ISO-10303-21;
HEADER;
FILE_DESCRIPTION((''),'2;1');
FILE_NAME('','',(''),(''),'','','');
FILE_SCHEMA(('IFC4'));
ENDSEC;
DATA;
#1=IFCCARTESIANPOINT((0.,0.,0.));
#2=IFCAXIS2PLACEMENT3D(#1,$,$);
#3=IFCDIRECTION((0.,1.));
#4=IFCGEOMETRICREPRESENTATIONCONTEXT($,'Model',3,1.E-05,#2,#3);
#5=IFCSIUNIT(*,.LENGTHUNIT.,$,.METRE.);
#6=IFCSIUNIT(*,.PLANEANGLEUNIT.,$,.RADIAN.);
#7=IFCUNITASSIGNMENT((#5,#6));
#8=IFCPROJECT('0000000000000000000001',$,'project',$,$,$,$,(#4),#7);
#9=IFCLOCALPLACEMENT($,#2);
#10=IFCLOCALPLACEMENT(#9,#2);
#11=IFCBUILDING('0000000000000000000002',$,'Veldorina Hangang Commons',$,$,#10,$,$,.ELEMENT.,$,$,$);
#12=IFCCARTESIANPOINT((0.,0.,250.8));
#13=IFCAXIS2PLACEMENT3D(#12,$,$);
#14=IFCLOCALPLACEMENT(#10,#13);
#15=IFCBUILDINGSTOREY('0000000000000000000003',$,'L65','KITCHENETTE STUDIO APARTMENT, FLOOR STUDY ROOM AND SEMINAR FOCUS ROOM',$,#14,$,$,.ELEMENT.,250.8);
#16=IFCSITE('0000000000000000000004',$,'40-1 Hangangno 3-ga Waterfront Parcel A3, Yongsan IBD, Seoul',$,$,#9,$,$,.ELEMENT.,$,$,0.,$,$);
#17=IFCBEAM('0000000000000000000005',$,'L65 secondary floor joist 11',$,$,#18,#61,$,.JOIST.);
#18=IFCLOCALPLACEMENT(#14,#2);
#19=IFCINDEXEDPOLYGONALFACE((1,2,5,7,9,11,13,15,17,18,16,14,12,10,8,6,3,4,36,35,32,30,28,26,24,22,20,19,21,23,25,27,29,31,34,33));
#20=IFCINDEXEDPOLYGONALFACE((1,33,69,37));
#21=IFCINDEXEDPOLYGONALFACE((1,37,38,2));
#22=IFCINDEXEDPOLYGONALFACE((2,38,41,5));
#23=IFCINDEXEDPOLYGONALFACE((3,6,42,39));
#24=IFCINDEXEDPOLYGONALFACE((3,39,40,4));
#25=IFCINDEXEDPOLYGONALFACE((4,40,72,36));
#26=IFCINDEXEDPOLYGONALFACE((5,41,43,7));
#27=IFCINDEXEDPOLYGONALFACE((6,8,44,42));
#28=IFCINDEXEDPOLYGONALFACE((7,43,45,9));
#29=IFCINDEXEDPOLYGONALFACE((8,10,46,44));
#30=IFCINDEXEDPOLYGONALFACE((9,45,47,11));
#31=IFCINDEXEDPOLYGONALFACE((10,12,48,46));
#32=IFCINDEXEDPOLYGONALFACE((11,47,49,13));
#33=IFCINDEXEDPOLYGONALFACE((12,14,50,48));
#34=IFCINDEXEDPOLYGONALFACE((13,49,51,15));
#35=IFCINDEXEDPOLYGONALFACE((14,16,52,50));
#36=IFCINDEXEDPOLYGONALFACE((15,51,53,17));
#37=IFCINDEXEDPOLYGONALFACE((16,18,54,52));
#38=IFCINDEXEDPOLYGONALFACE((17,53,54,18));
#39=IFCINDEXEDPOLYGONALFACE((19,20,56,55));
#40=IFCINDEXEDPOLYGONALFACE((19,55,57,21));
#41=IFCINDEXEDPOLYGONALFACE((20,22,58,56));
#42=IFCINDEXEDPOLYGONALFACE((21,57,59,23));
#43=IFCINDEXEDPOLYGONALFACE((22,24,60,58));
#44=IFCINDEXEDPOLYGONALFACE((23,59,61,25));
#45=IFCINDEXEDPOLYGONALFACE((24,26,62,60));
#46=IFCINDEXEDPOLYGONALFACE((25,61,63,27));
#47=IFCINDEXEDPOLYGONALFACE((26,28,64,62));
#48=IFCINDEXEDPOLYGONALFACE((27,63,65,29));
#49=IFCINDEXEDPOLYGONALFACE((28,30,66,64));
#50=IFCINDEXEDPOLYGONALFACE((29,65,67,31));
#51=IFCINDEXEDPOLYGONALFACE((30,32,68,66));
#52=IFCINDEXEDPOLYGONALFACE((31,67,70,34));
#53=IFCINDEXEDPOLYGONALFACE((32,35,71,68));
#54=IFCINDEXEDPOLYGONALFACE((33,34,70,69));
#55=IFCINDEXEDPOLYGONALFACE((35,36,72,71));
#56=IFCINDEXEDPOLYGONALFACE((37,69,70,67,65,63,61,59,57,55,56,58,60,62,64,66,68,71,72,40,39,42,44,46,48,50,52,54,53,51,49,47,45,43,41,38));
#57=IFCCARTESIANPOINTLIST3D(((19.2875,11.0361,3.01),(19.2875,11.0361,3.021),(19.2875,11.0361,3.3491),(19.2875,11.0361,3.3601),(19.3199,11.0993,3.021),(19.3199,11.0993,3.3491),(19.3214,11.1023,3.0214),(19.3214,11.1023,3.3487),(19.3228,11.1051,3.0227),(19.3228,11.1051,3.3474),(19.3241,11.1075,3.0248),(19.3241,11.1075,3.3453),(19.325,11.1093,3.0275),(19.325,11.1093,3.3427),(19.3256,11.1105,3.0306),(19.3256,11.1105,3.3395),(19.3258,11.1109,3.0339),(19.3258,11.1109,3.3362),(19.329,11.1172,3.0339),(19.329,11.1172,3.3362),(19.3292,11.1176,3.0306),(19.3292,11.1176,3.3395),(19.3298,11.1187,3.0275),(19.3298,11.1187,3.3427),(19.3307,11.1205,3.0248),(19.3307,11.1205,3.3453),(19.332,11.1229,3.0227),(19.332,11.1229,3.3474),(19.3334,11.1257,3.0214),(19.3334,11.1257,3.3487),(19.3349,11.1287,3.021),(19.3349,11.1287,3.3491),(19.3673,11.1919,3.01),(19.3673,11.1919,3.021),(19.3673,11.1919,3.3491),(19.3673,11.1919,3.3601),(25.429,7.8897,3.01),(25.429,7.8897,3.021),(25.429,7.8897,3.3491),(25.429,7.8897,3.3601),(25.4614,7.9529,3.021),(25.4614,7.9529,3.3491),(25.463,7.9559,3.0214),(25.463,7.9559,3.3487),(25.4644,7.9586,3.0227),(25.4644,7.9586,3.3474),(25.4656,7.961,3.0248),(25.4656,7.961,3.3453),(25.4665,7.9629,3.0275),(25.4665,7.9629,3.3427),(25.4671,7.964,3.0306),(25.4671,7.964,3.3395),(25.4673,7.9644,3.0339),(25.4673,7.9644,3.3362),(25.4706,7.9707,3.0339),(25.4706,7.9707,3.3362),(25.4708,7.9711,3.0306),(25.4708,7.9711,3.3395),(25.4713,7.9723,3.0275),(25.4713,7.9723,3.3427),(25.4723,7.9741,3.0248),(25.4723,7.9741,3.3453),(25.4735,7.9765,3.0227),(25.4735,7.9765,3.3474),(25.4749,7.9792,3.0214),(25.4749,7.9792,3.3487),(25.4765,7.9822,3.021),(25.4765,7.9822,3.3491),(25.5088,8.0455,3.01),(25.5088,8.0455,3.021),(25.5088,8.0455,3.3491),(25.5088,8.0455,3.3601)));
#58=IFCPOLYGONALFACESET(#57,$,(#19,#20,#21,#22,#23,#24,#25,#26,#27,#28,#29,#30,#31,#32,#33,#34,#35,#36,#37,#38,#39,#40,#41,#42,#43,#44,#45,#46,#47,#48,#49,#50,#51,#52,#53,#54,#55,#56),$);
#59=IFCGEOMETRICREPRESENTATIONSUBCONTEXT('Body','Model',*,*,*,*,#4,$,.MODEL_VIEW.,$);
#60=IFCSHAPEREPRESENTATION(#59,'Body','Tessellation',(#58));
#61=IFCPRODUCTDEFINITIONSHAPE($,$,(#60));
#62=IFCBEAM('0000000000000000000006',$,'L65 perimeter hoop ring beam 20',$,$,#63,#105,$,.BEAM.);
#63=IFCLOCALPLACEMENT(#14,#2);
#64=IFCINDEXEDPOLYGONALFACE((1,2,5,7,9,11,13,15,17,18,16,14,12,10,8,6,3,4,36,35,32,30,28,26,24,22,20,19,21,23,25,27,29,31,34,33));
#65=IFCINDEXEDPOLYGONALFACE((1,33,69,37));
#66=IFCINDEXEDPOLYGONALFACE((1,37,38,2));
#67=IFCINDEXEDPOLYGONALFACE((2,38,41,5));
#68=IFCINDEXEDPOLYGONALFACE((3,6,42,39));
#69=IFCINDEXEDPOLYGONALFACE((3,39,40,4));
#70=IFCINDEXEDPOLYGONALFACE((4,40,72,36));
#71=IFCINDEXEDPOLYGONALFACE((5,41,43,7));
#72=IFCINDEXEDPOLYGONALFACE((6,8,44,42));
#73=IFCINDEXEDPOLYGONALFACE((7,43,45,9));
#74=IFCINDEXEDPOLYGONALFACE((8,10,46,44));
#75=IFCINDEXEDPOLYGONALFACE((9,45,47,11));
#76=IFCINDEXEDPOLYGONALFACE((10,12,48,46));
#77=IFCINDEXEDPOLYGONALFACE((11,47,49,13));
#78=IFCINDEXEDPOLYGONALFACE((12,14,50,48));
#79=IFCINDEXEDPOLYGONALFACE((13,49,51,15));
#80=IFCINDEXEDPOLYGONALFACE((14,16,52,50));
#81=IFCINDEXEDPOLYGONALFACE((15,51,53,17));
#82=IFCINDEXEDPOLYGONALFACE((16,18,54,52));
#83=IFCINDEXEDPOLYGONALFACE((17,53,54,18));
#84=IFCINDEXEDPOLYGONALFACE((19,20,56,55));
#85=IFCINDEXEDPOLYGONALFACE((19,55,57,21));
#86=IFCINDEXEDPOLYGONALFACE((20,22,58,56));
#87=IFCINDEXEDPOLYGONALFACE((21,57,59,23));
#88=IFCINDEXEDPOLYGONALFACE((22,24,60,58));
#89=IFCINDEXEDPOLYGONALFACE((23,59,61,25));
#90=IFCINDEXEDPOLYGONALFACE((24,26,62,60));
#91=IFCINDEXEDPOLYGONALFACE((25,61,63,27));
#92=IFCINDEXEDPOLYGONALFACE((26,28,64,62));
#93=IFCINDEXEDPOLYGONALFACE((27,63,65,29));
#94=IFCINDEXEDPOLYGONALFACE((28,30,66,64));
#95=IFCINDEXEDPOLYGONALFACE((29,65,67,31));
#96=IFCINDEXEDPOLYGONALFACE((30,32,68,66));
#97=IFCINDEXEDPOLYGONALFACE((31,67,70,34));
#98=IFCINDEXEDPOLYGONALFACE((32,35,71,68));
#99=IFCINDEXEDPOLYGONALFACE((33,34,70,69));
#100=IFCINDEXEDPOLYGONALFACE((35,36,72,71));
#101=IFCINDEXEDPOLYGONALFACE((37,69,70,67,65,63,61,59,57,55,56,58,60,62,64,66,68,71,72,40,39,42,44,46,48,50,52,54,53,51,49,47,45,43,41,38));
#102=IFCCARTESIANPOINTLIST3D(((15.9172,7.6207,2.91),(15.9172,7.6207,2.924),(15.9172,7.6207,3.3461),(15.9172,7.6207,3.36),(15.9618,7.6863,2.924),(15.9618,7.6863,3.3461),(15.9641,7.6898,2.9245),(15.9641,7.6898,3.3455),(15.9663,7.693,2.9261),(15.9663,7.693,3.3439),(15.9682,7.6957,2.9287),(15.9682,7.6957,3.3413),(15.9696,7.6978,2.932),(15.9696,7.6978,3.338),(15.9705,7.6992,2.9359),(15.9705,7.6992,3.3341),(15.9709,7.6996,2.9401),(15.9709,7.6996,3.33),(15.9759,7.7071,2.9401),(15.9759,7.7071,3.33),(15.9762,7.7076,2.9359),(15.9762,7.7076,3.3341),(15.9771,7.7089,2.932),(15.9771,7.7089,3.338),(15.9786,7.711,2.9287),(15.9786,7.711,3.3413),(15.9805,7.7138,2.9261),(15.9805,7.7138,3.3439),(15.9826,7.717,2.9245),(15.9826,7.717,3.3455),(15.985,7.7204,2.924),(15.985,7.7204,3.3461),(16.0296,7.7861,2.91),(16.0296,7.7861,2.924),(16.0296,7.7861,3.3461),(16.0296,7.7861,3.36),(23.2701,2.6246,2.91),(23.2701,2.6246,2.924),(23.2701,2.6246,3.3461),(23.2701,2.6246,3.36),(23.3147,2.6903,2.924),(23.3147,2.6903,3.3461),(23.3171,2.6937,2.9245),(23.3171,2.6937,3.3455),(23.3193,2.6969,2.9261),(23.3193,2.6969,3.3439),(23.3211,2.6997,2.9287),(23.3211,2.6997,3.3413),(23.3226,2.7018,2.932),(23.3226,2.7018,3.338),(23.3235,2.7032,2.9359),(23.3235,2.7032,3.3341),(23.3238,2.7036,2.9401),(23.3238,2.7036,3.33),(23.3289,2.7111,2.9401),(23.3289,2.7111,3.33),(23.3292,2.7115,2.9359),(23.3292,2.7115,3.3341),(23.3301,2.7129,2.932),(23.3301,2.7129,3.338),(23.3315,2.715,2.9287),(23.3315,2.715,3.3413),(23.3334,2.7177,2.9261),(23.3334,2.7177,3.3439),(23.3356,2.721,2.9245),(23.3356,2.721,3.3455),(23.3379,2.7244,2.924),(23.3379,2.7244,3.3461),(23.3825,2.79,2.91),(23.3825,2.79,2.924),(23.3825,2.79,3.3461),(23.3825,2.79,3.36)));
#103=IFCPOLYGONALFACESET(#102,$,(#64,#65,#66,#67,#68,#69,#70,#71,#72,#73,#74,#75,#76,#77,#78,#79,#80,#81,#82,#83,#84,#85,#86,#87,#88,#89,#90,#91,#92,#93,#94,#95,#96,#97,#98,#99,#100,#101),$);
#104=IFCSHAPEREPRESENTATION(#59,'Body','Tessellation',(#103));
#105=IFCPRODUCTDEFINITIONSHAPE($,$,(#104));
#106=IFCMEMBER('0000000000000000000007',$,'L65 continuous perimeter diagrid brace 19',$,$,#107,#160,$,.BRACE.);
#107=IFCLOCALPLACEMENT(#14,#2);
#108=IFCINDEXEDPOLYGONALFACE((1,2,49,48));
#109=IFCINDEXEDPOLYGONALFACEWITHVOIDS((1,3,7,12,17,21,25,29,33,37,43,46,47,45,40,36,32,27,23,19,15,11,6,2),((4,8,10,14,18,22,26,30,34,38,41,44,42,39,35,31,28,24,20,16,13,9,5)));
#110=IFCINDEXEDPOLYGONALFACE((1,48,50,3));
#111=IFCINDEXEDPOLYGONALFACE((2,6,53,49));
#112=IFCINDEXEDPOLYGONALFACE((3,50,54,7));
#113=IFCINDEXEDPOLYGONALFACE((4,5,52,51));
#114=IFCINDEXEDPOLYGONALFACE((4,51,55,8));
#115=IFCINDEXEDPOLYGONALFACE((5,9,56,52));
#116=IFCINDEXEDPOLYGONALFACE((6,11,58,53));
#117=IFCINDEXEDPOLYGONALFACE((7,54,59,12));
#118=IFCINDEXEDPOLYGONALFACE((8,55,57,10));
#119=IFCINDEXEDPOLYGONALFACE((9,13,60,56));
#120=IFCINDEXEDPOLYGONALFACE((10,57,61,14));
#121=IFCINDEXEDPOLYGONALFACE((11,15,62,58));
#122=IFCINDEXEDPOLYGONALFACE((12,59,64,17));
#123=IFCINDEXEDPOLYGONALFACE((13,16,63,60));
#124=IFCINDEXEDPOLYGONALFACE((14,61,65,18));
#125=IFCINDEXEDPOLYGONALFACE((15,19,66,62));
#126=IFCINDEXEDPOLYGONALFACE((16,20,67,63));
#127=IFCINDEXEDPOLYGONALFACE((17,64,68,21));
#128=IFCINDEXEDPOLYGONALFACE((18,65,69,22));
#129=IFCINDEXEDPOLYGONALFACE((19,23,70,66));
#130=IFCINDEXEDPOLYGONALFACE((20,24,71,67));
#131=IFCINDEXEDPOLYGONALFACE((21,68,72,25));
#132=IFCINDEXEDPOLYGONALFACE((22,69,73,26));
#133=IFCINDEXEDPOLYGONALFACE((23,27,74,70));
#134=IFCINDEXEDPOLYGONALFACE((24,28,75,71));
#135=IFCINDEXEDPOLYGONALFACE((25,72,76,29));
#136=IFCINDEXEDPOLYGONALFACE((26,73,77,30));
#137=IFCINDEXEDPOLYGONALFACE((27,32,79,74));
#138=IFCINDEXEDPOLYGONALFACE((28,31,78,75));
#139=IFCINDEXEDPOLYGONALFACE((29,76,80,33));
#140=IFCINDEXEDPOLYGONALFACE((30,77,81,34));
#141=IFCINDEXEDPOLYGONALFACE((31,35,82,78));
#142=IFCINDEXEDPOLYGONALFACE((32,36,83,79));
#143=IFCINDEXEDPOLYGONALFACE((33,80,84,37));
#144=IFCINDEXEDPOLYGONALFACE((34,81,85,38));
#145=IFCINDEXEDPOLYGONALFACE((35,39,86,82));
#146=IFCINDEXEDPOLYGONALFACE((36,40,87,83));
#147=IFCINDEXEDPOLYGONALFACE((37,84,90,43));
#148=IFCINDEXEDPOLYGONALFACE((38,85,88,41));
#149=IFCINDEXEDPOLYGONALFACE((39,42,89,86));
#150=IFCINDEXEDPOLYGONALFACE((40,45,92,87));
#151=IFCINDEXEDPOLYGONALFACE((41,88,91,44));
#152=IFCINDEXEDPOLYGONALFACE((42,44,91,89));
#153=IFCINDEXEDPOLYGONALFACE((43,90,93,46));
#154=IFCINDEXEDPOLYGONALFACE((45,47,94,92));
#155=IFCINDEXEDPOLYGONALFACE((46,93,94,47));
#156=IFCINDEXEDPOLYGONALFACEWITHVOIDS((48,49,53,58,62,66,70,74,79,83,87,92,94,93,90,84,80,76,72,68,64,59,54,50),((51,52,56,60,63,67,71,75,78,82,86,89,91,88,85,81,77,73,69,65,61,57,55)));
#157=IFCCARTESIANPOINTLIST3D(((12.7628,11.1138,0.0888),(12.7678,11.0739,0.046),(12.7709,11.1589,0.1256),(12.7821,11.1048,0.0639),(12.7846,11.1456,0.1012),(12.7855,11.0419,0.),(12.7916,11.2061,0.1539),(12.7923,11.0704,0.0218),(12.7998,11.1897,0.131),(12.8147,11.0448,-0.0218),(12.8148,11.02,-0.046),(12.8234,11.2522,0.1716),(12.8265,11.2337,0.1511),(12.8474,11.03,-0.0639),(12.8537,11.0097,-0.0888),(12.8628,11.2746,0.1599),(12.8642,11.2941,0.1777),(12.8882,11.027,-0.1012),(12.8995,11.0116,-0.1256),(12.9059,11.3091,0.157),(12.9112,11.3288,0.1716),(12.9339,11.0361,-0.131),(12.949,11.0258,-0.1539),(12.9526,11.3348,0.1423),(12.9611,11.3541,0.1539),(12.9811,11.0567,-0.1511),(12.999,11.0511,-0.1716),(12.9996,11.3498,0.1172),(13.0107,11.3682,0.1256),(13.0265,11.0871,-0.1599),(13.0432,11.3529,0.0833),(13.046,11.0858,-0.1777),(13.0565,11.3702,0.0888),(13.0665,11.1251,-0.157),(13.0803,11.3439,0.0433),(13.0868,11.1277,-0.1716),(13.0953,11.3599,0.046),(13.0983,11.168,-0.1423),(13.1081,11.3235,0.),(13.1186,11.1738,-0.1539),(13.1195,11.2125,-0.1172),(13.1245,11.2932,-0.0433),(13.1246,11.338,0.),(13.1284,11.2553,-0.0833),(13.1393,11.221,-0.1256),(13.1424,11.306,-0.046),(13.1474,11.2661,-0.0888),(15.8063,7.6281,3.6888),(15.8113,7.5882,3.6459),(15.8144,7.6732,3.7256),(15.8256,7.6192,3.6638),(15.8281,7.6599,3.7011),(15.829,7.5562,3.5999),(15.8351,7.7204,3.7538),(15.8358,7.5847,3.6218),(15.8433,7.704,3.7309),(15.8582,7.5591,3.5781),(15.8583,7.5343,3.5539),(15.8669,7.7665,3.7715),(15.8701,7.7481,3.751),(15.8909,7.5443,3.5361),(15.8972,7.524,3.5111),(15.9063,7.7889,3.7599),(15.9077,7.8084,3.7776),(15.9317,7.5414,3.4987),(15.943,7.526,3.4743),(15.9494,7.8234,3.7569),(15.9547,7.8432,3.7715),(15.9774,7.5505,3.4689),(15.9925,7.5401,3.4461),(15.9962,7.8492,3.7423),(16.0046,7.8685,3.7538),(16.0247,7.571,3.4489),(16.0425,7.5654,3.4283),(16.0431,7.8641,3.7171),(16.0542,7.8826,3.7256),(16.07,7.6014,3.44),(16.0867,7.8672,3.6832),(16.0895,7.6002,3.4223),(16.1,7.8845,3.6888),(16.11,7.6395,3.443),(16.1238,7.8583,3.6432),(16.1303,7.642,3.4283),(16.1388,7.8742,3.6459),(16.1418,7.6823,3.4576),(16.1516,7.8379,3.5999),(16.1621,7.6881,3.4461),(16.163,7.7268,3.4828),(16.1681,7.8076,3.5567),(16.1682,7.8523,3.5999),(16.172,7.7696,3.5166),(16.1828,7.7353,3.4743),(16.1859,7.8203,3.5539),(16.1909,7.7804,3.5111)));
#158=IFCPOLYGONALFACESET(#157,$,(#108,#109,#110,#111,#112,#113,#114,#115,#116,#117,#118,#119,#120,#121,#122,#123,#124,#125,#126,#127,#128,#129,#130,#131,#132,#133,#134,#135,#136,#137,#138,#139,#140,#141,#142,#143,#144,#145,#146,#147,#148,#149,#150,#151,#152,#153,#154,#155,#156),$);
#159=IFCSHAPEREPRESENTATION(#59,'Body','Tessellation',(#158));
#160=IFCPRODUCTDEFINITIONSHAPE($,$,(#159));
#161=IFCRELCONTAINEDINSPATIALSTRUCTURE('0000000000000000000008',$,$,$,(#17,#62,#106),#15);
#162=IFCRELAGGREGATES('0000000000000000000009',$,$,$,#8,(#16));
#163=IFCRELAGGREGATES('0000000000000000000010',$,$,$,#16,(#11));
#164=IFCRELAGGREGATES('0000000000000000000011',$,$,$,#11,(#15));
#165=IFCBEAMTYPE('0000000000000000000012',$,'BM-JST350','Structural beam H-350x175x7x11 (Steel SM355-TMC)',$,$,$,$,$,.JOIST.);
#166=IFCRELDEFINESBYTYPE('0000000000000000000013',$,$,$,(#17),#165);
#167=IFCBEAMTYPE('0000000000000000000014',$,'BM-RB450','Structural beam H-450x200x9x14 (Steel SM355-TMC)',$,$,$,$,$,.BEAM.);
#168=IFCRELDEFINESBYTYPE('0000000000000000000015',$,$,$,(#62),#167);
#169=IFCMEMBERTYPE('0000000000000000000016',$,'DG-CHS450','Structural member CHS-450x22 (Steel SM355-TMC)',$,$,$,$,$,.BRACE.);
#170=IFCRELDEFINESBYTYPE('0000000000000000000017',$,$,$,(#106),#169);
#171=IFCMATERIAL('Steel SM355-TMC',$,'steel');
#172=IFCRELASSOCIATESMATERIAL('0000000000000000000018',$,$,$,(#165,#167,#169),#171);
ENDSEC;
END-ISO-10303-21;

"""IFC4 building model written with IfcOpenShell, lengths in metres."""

from ifc_helpers import new_model, si_unit, direction, frame, origin, origin_2d, place, context, subcontext, project, spatial, hollow_circle, i_section, extrude, material, material_profile, profile_set, type_object, element, save


model = new_model("IFC4")

# Units and contexts
model_context = context("Model", 3, precision=1e-05, world=origin(), true_north=direction((0.0, 1.0)))
body_context = subcontext(model_context, "Body", "Model", "MODEL_VIEW")
ifc_project = project(units=[si_unit("LENGTHUNIT", "METRE"), si_unit("PLANEANGLEUNIT", "RADIAN")], contexts=[model_context])

# Site, building, storey
site_placement = place(None, origin())
site = spatial("IfcSite", under=ifc_project, at=site_placement, Name="40-1 Hangangno 3-ga Waterfront Parcel A3, Yongsan IBD, Seoul", CompositionType="ELEMENT", RefElevation=0.0)
building_placement = place(site_placement, origin())
building = spatial("IfcBuilding", under=site, at=building_placement, Name="Veldorina Hangang Commons", CompositionType="ELEMENT")
storey_placement = place(building_placement, frame((0.0, 0.0, 250.8)))
storey = spatial("IfcBuildingStorey", under=building, at=storey_placement, Name="L65", Description="KITCHENETTE STUDIO APARTMENT, FLOOR STUDY ROOM AND SEMINAR FOCUS ROOM", CompositionType="ELEMENT", Elevation=250.8)

# Beams
ifc_material_1 = material(Name="Steel SM355-TMC", Category="steel")
ifc_material_profile_1 = material_profile(ifc_material_1, i_section(OverallWidth=0.175, OverallDepth=0.3501, WebThickness=0.0071, FlangeThickness=0.011, FilletRadius=0.0129, at=origin_2d()), Name="H-350x175x7x11")
ifc_profile_set_1 = profile_set([ifc_material_profile_1], Name="Steel SM355-TMC")
beam_type_1 = type_object("IfcBeamType", Name="BM-JST350", Description="Structural beam H-350x175x7x11 (Steel SM355-TMC)", PredefinedType="JOIST", material=ifc_profile_set_1)
beam_1_placement = place(storey_placement, frame((19.3274, 11.114, 3.1851), z_axis=(0.889997, -0.455966, 0.0), x_axis=(0.455966, 0.889997, 0.0)))
element("IfcBeam", 1, at=beam_1_placement, inside=storey, type_object=beam_type_1, Name="L65 secondary floor joist 11", PredefinedType="JOIST", context=body_context, shape_type="SweptSolid", body=[
    extrude(i_section(OverallWidth=0.175, OverallDepth=0.3501, WebThickness=0.0071, FlangeThickness=0.011, FilletRadius=0.0129, at=origin_2d()), origin(), (0.0, 0.0, 1.0), 6.9006),
])
ifc_material_profile_2 = material_profile(ifc_material_1, i_section(OverallWidth=0.2, OverallDepth=0.45, WebThickness=0.009, FlangeThickness=0.0139, FilletRadius=0.0161, at=origin_2d()), Name="H-450x200x9x14")
ifc_profile_set_2 = profile_set([ifc_material_profile_2], Name="Steel SM355-TMC")
beam_type_2 = type_object("IfcBeamType", Name="BM-RB450", Description="Structural beam H-450x200x9x14 (Steel SM355-TMC)", PredefinedType="BEAM", material=ifc_profile_set_2)
beam_2_placement = place(storey_placement, frame((15.9734, 7.7034, 3.135), z_axis=(0.827134, -0.562005, 0.0), x_axis=(0.562005, 0.827134, 0.0)))
element("IfcBeam", 2, at=beam_2_placement, inside=storey, type_object=beam_type_2, Name="L65 perimeter hoop ring beam 20", PredefinedType="BEAM", context=body_context, shape_type="SweptSolid", body=[
    extrude(i_section(OverallWidth=0.2, OverallDepth=0.45, WebThickness=0.009, FlangeThickness=0.0139, FilletRadius=0.0161, at=origin_2d()), origin(), (0.0, 0.0, 1.0), 8.8896),
])

# Member
ifc_material_profile_3 = material_profile(ifc_material_1, hollow_circle(Radius=0.2251, WallThickness=0.022, at=origin_2d()), Name="CHS-450x22")
ifc_profile_set_3 = profile_set([ifc_material_profile_3], Name="Steel SM355-TMC")
member_type_1 = type_object("IfcMemberType", Name="DG-CHS450", Description="Structural member CHS-450x22 (Steel SM355-TMC)", PredefinedType="BRACE", material=ifc_profile_set_3)
member_1_placement = place(storey_placement, frame((12.9551, 11.1899, 0.0), z_axis=(0.519124, -0.59454, 0.614029), x_axis=(0.753266, 0.657716, 0.0)))
element("IfcMember", 3, at=member_1_placement, inside=storey, type_object=member_type_1, Name="L65 continuous perimeter diagrid brace 19", PredefinedType="BRACE", context=body_context, shape_type="SweptSolid", body=[
    extrude(hollow_circle(Radius=0.2251, WallThickness=0.022, at=origin_2d()), origin(), (0.0, 0.0, 1.0), 5.8628),
])

save(model, "model.ifc")
